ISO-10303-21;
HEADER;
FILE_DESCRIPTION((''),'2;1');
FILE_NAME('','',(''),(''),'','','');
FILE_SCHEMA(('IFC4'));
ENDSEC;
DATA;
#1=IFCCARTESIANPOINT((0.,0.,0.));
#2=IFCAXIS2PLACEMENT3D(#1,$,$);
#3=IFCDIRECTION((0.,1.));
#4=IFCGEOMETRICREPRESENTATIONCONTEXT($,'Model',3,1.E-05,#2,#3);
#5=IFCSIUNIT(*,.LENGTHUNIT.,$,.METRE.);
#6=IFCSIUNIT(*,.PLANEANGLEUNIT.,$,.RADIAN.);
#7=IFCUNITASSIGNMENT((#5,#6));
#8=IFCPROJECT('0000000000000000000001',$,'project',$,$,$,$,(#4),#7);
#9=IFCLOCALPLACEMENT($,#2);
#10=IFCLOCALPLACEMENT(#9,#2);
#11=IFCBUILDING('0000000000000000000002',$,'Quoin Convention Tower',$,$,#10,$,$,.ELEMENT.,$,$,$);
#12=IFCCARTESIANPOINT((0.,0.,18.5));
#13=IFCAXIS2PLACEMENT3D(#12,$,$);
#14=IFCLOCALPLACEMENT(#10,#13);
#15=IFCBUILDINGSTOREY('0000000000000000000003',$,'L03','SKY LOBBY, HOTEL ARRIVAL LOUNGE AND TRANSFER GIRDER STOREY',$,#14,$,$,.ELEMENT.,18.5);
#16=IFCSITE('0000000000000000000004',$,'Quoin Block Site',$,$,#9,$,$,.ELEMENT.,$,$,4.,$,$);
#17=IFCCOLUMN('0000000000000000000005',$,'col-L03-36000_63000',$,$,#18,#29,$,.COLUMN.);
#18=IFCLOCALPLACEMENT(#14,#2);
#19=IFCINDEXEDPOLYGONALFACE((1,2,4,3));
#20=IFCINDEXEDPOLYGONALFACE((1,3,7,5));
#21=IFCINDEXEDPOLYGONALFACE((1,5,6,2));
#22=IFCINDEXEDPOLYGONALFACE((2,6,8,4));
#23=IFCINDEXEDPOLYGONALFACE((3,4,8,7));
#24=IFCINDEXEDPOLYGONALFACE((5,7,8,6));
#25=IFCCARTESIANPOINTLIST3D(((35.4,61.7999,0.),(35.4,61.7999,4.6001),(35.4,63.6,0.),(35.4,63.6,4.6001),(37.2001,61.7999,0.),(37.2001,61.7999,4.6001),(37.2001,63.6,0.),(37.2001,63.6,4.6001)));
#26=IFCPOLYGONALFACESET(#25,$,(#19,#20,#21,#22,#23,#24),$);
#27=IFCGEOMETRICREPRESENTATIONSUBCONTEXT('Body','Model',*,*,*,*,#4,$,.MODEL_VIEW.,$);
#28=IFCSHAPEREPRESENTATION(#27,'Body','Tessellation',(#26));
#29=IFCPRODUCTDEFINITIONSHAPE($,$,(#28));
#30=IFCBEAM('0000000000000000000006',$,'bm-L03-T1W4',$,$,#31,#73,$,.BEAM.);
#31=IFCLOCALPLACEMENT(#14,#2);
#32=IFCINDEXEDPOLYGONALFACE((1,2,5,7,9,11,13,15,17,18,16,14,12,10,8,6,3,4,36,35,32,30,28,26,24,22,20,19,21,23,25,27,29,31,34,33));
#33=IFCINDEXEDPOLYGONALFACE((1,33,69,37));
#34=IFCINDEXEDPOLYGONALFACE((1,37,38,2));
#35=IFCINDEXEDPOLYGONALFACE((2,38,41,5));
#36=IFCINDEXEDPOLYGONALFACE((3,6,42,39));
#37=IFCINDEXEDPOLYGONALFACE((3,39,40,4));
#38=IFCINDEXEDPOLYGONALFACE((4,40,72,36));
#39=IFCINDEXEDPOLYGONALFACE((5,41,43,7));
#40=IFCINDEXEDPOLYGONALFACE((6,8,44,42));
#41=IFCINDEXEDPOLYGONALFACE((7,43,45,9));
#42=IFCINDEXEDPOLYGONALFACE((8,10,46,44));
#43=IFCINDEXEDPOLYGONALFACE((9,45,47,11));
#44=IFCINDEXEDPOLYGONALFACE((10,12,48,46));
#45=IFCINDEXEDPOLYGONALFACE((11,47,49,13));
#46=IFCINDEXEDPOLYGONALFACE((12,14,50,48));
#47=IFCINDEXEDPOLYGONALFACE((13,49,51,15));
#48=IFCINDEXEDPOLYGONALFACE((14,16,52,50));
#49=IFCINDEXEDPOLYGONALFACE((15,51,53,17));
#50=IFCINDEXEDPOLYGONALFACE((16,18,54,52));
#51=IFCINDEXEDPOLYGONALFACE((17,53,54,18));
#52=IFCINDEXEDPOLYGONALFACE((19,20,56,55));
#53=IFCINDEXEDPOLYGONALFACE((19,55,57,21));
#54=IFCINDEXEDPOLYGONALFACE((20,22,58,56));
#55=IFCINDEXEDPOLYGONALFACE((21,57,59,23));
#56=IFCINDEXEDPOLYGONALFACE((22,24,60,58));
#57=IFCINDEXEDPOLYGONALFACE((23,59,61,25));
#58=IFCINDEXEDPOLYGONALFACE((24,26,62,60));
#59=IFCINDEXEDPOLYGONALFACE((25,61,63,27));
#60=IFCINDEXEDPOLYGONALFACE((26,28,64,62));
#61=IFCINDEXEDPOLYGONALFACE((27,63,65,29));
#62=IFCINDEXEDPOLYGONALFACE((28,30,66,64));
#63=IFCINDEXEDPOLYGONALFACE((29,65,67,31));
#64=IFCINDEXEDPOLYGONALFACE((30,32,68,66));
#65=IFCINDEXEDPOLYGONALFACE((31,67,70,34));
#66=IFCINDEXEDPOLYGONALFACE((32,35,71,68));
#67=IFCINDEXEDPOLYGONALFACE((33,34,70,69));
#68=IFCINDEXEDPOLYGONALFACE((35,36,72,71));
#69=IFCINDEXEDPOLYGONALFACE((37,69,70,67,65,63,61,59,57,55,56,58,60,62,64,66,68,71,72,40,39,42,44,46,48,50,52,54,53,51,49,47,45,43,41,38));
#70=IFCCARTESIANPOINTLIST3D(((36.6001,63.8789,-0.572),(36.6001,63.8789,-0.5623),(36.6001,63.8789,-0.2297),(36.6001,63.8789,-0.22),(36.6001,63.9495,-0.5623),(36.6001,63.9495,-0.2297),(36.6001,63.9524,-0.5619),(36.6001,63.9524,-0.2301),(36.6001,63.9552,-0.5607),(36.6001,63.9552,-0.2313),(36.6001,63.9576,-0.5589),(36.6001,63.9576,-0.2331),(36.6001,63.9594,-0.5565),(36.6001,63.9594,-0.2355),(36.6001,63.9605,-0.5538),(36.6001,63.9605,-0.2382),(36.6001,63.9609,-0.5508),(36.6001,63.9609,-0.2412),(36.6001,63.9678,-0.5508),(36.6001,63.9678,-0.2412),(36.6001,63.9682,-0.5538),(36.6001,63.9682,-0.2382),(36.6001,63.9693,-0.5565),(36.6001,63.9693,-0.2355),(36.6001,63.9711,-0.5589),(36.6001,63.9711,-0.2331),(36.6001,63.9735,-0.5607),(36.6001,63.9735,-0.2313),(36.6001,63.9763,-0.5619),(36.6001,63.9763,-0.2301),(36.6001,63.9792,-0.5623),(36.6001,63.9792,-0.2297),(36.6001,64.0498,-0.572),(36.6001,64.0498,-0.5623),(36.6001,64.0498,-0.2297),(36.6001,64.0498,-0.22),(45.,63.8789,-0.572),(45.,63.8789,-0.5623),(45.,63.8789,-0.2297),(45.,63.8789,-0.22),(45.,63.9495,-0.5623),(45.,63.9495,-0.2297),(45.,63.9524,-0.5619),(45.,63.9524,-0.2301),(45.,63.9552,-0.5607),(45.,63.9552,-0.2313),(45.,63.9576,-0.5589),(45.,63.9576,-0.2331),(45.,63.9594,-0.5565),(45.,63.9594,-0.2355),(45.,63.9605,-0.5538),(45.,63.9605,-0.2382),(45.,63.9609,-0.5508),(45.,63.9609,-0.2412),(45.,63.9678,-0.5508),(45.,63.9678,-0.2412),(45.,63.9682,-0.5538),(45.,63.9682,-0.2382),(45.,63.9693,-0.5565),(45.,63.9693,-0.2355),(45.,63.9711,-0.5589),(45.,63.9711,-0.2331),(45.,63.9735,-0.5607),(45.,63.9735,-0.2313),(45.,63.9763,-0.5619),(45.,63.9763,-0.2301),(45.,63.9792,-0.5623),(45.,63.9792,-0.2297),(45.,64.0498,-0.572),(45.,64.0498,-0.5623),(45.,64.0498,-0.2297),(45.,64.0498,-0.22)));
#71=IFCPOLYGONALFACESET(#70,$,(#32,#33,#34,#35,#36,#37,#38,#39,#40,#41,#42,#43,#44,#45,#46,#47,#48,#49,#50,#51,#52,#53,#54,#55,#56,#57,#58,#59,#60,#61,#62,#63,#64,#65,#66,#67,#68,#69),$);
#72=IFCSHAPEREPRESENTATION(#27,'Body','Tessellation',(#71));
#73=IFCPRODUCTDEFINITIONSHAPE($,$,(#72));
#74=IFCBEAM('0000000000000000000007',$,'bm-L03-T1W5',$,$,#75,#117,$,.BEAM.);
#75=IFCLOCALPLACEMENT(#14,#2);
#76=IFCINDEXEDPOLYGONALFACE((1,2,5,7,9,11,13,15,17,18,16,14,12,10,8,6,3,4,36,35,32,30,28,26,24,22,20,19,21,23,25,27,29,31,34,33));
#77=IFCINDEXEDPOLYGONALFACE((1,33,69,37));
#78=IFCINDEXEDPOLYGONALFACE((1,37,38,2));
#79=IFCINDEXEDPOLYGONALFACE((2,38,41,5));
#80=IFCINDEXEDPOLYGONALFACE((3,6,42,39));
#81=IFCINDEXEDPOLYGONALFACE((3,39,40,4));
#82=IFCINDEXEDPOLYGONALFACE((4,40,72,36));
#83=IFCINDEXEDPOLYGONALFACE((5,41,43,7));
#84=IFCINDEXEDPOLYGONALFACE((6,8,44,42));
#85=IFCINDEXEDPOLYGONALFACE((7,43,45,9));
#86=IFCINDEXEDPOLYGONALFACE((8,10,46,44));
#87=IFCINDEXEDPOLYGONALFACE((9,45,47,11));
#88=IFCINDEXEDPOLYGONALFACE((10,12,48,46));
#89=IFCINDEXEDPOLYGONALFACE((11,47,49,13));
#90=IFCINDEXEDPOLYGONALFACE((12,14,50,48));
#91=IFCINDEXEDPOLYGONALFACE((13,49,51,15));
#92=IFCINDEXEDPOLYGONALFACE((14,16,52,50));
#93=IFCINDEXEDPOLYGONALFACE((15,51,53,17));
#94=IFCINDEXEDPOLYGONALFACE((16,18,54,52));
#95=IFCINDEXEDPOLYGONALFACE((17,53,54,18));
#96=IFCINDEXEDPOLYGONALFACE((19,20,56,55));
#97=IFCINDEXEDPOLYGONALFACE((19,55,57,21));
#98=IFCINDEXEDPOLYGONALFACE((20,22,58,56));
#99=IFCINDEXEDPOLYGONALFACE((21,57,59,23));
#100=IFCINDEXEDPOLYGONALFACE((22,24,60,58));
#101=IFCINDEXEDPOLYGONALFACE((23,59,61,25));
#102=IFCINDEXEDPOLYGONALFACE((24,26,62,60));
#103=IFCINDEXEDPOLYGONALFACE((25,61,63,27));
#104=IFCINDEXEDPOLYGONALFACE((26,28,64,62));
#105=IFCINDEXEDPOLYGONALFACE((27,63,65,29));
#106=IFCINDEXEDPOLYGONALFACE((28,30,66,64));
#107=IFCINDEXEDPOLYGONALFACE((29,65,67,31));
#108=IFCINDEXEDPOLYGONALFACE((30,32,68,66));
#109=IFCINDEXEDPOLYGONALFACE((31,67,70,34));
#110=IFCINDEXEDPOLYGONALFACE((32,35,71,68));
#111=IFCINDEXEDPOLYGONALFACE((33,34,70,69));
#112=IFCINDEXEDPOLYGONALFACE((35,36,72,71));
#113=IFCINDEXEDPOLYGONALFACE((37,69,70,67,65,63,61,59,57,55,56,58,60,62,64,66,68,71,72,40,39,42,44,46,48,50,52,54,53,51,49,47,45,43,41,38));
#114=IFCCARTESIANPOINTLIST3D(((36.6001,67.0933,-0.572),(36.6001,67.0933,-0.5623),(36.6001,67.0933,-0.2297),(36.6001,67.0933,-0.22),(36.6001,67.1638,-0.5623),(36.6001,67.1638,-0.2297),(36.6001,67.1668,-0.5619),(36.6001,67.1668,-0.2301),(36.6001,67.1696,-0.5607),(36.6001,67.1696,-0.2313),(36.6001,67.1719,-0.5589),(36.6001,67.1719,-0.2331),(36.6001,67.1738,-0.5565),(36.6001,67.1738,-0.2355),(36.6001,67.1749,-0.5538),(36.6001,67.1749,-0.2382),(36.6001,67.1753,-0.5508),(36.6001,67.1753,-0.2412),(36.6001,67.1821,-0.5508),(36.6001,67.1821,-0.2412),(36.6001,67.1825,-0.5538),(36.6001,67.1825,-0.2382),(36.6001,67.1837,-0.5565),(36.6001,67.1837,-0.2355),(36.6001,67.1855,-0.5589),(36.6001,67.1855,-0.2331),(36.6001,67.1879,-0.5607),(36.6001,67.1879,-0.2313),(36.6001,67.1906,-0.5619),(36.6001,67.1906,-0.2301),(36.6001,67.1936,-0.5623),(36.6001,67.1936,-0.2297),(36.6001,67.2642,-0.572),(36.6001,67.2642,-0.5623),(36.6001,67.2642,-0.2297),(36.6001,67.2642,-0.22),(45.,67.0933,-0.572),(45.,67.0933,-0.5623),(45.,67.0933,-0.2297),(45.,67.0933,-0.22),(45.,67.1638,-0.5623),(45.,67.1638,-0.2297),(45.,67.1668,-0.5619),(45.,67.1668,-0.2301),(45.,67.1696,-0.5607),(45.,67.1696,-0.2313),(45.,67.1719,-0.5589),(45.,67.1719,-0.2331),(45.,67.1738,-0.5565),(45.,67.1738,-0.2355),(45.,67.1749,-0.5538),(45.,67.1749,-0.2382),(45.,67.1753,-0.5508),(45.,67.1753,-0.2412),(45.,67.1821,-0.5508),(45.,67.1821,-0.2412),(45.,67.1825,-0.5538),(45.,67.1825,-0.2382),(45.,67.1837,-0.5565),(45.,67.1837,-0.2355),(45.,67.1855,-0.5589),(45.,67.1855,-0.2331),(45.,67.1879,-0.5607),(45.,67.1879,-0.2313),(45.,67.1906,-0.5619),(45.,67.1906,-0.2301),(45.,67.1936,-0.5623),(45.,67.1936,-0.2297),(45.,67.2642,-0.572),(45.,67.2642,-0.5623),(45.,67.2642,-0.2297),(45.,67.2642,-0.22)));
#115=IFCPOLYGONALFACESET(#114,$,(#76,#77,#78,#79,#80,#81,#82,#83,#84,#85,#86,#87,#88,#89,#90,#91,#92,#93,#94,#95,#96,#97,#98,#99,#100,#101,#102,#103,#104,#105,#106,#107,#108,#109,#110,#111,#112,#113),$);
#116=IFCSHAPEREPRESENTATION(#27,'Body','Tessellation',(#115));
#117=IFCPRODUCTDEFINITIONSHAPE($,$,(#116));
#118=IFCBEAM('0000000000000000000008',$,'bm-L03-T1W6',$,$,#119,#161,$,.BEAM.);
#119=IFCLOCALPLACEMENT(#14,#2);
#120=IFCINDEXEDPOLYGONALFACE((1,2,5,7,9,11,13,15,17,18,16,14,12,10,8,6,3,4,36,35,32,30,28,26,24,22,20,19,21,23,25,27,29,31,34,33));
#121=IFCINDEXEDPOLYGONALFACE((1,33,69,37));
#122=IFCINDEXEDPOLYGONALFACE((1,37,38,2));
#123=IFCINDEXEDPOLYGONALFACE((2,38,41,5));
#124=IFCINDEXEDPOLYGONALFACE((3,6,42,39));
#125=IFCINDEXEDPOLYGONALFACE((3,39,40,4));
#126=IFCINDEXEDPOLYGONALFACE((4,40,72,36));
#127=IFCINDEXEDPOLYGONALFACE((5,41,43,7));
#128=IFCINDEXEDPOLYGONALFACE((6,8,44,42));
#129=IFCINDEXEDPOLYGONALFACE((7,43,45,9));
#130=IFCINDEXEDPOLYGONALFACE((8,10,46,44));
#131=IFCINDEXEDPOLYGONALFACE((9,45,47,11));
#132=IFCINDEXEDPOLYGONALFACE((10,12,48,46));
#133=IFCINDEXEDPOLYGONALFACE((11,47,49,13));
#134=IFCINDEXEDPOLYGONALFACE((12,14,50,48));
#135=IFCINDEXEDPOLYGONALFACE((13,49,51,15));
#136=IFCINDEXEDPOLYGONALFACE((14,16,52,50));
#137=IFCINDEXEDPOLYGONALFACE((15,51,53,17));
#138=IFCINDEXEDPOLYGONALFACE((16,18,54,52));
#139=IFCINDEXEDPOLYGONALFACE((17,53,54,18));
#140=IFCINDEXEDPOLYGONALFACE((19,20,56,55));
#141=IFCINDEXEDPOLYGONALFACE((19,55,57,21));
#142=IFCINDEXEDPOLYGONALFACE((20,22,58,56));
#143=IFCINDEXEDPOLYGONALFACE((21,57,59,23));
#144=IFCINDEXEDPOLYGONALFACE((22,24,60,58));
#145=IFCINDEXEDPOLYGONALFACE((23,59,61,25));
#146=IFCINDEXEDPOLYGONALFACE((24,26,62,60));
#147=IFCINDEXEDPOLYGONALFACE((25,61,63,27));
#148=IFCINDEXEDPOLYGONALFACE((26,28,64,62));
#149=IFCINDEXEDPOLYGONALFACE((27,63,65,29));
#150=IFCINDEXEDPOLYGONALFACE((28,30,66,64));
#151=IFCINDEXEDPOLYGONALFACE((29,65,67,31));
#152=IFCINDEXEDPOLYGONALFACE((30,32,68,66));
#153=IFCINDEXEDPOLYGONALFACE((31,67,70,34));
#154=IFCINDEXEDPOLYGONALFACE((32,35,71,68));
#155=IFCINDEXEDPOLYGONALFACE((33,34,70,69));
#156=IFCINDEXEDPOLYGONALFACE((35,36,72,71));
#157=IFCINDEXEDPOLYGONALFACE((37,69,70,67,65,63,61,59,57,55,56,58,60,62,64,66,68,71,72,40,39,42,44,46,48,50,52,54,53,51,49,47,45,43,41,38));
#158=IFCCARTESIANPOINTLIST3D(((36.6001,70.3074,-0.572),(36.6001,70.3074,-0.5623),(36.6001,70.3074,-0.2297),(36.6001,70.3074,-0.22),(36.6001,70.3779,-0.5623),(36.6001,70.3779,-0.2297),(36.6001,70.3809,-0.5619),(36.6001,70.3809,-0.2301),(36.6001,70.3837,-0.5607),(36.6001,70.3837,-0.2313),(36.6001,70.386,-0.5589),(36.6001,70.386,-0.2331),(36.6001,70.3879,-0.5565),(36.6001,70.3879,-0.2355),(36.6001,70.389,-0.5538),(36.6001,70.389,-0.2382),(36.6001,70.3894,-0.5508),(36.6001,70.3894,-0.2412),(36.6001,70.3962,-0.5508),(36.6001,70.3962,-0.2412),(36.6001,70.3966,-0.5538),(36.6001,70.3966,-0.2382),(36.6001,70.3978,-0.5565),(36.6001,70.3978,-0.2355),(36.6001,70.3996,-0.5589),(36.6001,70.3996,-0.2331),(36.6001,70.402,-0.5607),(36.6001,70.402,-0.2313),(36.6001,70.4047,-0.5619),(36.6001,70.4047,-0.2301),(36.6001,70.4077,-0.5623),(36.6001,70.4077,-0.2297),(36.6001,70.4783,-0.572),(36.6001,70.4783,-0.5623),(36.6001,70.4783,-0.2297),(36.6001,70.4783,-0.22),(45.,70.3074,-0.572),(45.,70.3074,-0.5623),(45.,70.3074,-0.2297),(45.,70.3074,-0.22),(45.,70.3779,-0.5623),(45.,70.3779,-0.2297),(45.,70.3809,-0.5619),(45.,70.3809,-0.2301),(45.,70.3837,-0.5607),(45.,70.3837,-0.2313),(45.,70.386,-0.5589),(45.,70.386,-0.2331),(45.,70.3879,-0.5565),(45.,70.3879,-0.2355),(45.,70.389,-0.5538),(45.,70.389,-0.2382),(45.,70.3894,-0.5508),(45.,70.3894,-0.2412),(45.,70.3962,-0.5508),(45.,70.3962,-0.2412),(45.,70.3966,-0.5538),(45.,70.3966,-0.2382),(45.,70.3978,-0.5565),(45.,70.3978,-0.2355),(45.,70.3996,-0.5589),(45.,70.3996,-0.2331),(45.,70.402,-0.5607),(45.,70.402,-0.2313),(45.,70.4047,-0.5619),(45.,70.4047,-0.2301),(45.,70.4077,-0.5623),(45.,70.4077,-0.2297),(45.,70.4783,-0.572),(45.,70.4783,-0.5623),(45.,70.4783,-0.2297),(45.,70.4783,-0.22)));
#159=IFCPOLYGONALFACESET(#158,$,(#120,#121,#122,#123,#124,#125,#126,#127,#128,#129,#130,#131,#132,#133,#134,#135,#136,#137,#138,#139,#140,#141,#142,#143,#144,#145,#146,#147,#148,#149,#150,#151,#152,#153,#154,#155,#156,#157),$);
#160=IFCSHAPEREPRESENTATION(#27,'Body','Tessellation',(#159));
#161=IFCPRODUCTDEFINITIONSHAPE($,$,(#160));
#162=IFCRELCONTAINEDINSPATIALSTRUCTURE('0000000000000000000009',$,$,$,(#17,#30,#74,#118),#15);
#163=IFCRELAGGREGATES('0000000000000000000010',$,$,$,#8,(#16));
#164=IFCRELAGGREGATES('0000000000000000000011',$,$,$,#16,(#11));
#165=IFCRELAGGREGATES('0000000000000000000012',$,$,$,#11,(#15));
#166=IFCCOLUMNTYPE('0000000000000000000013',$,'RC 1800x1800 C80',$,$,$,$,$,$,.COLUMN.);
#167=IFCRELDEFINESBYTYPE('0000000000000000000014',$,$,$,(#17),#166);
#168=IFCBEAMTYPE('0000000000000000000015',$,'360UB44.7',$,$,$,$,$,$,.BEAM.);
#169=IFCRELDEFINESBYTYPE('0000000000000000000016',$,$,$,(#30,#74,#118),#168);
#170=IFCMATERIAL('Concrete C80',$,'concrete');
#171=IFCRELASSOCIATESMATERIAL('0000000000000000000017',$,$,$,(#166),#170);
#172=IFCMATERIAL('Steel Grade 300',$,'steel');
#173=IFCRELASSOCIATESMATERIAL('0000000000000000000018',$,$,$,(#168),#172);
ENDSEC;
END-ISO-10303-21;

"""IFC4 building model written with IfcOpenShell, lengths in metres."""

from ifc_helpers import new_model, si_unit, direction, frame, origin, origin_2d, place, context, subcontext, project, spatial, rectangle, i_section, extrude, material, material_profile, profile_set, type_object, element, save


model = new_model("IFC4")

# Units and contexts
model_context = context("Model", 3, precision=1e-05, world=origin(), true_north=direction((0.0, 1.0)))
body_context = subcontext(model_context, "Body", "Model", "MODEL_VIEW")
ifc_project = project(units=[si_unit("LENGTHUNIT", "METRE"), si_unit("PLANEANGLEUNIT", "RADIAN")], contexts=[model_context])

# Site, building, storey
site_placement = place(None, origin())
site = spatial("IfcSite", under=ifc_project, at=site_placement, Name="Quoin Block Site", CompositionType="ELEMENT", RefElevation=4.0)
building_placement = place(site_placement, origin())
building = spatial("IfcBuilding", under=site, at=building_placement, Name="Quoin Convention Tower", CompositionType="ELEMENT")
storey_placement = place(building_placement, frame((0.0, 0.0, 18.5)))
storey = spatial("IfcBuildingStorey", under=building, at=storey_placement, Name="L03", Description="SKY LOBBY, HOTEL ARRIVAL LOUNGE AND TRANSFER GIRDER STOREY", CompositionType="ELEMENT", Elevation=18.5)

# Column
ifc_material_1 = material(Name="Concrete C80", Category="concrete")
ifc_material_profile_1 = material_profile(ifc_material_1, rectangle(XDim=1.8, YDim=1.8, at=origin_2d()), Name="RC 1800x1800")
ifc_profile_set_1 = profile_set([ifc_material_profile_1], Name="Concrete C80")
column_type = type_object("IfcColumnType", Name="RC 1800x1800 C80", PredefinedType="COLUMN", material=ifc_profile_set_1)
column_placement = place(storey_placement, frame((36.3, 62.7, 0.0), z_axis=(0.0, 0.0, 1.0), x_axis=(1.0, 0.0, 0.0)))
element("IfcColumn", 1, at=column_placement, inside=storey, type_object=column_type, Name="col-L03-36000_63000", PredefinedType="COLUMN", context=body_context, shape_type="SweptSolid", body=[
    extrude(rectangle(XDim=1.8, YDim=1.8, at=origin_2d()), origin(), (0.0, 0.0, 1.0), 4.6001),
])

# Beams
ifc_material_2 = material(Name="Steel Grade 300", Category="steel")
ifc_material_profile_2 = material_profile(ifc_material_2, i_section(OverallWidth=0.1709, OverallDepth=0.3521, WebThickness=0.0068, FlangeThickness=0.0098, FilletRadius=0.0115, at=origin_2d()), Name="360UB44.7")
ifc_profile_set_2 = profile_set([ifc_material_profile_2], Name="Steel Grade 300")
beam_type_1 = type_object("IfcBeamType", Name="360UB44.7", PredefinedType="BEAM", material=ifc_profile_set_2)
for number, where, z_axis, x_axis, name in (
    (2, (36.6001, 63.9644, -0.396), (1.0, 0.0, 0.0), (0.0, 1.0, 0.0), "bm-L03-T1W4"),
    (3, (36.6001, 67.1787, -0.396), (1.0, 0.0, 0.0), (0.0, 1.0, 0.0), "bm-L03-T1W5"),
    (4, (36.6001, 70.3928, -0.396), (1.0, 0.0, 0.0), (0.0, 1.0, 0.0), "bm-L03-T1W6"),
):
    element("IfcBeam", number, at=place(storey_placement, frame(where, z_axis=z_axis, x_axis=x_axis)), inside=storey, type_object=beam_type_1, Name=name, PredefinedType="BEAM", context=body_context, shape_type="SweptSolid", body=[
        extrude(i_section(OverallWidth=0.1709, OverallDepth=0.3521, WebThickness=0.0068, FlangeThickness=0.0098, FilletRadius=0.0115, at=origin_2d()), origin(), (0.0, 0.0, 1.0), 8.3999),
    ])

save(model, "model.ifc")
